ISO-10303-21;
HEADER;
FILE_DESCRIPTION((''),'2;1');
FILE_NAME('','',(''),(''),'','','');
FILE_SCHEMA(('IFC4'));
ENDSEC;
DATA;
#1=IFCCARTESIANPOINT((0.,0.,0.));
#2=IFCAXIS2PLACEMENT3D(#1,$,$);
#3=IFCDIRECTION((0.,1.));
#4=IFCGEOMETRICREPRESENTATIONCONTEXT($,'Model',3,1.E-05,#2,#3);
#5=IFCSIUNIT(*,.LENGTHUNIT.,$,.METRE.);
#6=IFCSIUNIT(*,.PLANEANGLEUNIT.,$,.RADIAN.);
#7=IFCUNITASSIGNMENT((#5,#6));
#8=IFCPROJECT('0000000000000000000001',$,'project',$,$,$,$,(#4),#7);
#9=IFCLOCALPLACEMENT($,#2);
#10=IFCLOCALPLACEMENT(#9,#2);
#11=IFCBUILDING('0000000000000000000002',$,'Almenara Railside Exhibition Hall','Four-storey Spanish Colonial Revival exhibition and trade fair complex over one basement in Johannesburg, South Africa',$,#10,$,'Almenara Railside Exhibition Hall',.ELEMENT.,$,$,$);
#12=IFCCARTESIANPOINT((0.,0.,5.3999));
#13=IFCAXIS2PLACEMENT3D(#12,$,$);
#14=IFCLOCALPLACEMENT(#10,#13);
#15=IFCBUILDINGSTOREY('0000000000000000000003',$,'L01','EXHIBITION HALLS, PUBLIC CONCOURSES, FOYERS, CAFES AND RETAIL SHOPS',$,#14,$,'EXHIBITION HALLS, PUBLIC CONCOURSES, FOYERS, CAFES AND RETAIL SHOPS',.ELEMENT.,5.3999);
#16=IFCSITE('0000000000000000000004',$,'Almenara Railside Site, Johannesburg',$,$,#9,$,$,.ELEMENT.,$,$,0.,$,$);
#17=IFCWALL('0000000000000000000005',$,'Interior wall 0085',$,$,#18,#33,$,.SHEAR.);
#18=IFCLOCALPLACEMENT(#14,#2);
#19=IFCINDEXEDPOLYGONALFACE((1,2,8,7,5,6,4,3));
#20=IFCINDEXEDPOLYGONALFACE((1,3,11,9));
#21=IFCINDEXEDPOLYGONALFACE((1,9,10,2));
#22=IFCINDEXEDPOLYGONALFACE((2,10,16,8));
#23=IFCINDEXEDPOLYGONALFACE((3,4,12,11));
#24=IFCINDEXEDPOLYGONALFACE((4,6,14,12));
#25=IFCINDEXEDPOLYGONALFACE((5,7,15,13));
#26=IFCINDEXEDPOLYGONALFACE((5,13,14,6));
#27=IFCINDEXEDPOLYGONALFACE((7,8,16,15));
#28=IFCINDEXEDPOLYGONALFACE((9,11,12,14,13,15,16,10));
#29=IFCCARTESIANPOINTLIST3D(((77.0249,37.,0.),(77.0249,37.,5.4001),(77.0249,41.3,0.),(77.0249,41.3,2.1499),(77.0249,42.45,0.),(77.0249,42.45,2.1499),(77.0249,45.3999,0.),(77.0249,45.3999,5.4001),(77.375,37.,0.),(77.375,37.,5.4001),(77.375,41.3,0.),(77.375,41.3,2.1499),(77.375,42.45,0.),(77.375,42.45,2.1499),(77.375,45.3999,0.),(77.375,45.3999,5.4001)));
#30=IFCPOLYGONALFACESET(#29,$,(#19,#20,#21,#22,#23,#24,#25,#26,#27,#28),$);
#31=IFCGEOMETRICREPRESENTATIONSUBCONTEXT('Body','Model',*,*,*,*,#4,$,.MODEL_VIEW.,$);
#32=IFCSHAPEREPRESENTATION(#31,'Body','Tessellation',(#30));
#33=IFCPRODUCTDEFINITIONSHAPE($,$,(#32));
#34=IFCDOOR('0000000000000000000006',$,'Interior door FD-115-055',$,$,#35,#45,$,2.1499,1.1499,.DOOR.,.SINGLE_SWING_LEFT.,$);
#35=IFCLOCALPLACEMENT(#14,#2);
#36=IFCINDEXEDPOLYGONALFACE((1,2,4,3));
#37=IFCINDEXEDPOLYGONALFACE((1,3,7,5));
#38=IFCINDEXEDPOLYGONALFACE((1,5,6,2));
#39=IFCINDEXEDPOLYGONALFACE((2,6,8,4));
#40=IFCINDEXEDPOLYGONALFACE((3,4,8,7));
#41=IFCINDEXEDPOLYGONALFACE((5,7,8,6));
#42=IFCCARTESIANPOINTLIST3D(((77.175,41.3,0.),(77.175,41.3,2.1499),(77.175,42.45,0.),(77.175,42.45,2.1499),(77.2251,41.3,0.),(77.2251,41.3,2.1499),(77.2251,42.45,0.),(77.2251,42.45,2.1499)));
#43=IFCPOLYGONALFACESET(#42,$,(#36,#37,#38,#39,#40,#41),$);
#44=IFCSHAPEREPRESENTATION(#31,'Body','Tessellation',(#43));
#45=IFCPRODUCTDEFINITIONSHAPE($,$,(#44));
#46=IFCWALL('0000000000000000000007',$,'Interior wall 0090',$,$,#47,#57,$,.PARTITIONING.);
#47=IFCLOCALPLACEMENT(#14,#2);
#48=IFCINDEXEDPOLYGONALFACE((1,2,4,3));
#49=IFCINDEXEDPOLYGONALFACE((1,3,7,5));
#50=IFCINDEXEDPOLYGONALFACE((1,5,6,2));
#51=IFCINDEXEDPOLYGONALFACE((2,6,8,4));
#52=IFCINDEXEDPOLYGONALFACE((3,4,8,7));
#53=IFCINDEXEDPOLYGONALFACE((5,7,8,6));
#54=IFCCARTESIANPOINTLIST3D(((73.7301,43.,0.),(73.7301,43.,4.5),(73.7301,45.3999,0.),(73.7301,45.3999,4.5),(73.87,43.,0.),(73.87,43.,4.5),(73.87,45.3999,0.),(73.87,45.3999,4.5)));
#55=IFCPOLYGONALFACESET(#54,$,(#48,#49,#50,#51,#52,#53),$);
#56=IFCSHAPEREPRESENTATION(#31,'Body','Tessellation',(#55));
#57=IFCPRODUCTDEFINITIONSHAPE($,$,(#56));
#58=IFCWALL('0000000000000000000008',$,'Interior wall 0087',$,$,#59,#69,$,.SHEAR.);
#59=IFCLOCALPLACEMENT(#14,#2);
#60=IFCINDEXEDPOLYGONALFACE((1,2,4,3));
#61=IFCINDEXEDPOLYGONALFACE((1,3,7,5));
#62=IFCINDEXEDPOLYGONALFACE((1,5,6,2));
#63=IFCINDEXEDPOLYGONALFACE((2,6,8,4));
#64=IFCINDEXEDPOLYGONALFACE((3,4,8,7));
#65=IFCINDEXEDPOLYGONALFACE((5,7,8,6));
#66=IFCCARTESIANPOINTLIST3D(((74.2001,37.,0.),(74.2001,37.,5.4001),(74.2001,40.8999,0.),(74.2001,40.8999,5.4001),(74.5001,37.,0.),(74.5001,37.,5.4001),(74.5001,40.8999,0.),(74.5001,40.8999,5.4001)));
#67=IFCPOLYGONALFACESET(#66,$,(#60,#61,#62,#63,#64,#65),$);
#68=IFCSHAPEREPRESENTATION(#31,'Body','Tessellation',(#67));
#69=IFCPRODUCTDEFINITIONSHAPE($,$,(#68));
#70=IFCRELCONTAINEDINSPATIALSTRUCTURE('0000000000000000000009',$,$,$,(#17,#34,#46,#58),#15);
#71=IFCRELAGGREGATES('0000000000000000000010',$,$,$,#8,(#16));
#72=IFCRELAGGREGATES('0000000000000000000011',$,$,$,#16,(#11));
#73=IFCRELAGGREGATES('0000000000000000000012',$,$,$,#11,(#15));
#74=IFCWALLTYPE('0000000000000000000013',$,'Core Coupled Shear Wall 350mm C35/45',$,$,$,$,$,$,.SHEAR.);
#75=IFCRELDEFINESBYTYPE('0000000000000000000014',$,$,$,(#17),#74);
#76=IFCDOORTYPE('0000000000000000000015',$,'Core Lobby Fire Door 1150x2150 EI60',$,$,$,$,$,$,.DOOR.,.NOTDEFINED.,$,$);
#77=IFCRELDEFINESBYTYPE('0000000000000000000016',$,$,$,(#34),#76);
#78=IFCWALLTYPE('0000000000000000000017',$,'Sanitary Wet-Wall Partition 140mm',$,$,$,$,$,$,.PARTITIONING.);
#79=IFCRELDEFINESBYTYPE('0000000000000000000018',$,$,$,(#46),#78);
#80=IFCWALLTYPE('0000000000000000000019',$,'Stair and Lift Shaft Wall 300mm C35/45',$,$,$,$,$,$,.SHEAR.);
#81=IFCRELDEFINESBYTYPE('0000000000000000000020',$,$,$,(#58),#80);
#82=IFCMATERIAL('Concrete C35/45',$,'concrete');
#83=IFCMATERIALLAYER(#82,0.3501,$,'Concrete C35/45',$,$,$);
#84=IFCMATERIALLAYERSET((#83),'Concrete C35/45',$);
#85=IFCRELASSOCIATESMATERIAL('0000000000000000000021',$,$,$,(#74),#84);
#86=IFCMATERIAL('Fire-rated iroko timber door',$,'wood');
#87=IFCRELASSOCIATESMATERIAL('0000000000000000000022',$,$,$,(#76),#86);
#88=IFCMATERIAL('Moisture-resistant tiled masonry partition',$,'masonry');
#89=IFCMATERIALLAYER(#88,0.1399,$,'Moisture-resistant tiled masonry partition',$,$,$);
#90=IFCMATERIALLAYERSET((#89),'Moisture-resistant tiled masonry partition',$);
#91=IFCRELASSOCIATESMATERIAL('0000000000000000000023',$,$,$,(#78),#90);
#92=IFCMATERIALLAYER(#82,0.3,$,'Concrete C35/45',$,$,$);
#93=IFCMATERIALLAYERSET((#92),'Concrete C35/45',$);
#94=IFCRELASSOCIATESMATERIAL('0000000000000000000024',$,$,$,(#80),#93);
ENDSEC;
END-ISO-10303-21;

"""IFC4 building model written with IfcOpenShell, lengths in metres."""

from ifc_helpers import new_model, si_unit, direction, frame, frame_2d, origin, place, context, subcontext, project, spatial, rectangle, extrude, material, layer, layer_set, type_object, element, fill, save


model = new_model("IFC4")

# Units and contexts
model_context = context("Model", 3, precision=1e-05, world=origin(), true_north=direction((0.0, 1.0)))
body_context = subcontext(model_context, "Body", "Model", "MODEL_VIEW")
ifc_project = project(units=[si_unit("LENGTHUNIT", "METRE"), si_unit("PLANEANGLEUNIT", "RADIAN")], contexts=[model_context])

# Site, building, storey
site_placement = place(None, origin())
site = spatial("IfcSite", under=ifc_project, at=site_placement, Name="Almenara Railside Site, Johannesburg", CompositionType="ELEMENT", RefElevation=0.0)
building_placement = place(site_placement, origin())
building = spatial("IfcBuilding", under=site, at=building_placement, Name="Almenara Railside Exhibition Hall", Description="Four-storey Spanish Colonial Revival exhibition and trade fair complex over one basement in Johannesburg, South Africa", LongName="Almenara Railside Exhibition Hall", CompositionType="ELEMENT")
storey_placement = place(building_placement, frame((0.0, 0.0, 5.3999)))
storey = spatial("IfcBuildingStorey", under=building, at=storey_placement, Name="L01", Description="EXHIBITION HALLS, PUBLIC CONCOURSES, FOYERS, CAFES AND RETAIL SHOPS", LongName="EXHIBITION HALLS, PUBLIC CONCOURSES, FOYERS, CAFES AND RETAIL SHOPS", CompositionType="ELEMENT", Elevation=5.3999)

# Shared definitions
ifc_material_1 = material(Name="Concrete C35/45", Category="concrete")
ifc_layer_1 = layer(ifc_material_1, 0.3501, Name="Concrete C35/45")
ifc_layer_set_1 = layer_set([ifc_layer_1], Name="Concrete C35/45")
wall_type_1 = type_object("IfcWallType", Name="Core Coupled Shear Wall 350mm C35/45", PredefinedType="SHEAR", material=ifc_layer_set_1)

# Wall, opening, door
wall_1_placement = place(storey_placement, frame((77.2, 37.0, 0.0), z_axis=(0.0, 0.0, 1.0), x_axis=(0.0, 1.0, 0.0)))
wall_1 = element("IfcWall", 1, at=wall_1_placement, inside=storey, type_object=wall_type_1, Name="Interior wall 0085", PredefinedType="SHEAR", context=body_context, shape_type="SweptSolid", body=[
    extrude(rectangle(XDim=8.3999, YDim=0.3501, at=frame_2d((4.2, 0.0))), origin(), (0.0, 0.0, 1.0), 5.4001),
])
opening_placement = place(wall_1_placement, frame((4.3, 0.0, 0.0)))
opening = element("IfcOpeningElement", 2, at=opening_placement, cuts=wall_1, PredefinedType="OPENING", context=body_context, shape_type="SweptSolid", body=[
    extrude(rectangle(XDim=1.1499, YDim=2.1499, at=frame_2d((0.575, 1.075))), frame((0.0, 0.1851, 0.0), z_axis=(0.0, -1.0, 0.0), x_axis=(1.0, 0.0, 0.0)), (0.0, 0.0, 1.0), 0.3701),
])
ifc_material_2 = material(Name="Fire-rated iroko timber door", Category="wood")
door_type = type_object("IfcDoorType", Name="Core Lobby Fire Door 1150x2150 EI60", OperationType="NOTDEFINED", PredefinedType="DOOR", material=ifc_material_2)
door_placement = place(opening_placement, origin())
door = element("IfcDoor", 3, at=door_placement, inside=storey, type_object=door_type, Name="Interior door FD-115-055", OperationType="SINGLE_SWING_LEFT", OverallHeight=2.1499, OverallWidth=1.1499, PredefinedType="DOOR", context=body_context, shape_type="SweptSolid", body=[
    extrude(rectangle(XDim=1.1499, YDim=2.1499, at=frame_2d((0.575, 1.075))), frame((0.0, 0.0249, 0.0), z_axis=(0.0, -1.0, 0.0), x_axis=(1.0, 0.0, 0.0)), (0.0, 0.0, 1.0), 0.05),
])
fill(opening, door)

# Walls
ifc_material_3 = material(Name="Moisture-resistant tiled masonry partition", Category="masonry")
ifc_layer_2 = layer(ifc_material_3, 0.1399, Name="Moisture-resistant tiled masonry partition")
ifc_layer_set_2 = layer_set([ifc_layer_2], Name="Moisture-resistant tiled masonry partition")
wall_type_2 = type_object("IfcWallType", Name="Sanitary Wet-Wall Partition 140mm", PredefinedType="PARTITIONING", material=ifc_layer_set_2)
wall_2_placement = place(storey_placement, frame((73.8, 43.0, 0.0), z_axis=(0.0, 0.0, 1.0), x_axis=(0.0, 1.0, 0.0)))
element("IfcWall", 4, at=wall_2_placement, inside=storey, type_object=wall_type_2, Name="Interior wall 0090", PredefinedType="PARTITIONING", context=body_context, shape_type="SweptSolid", body=[
    extrude(rectangle(XDim=2.3999, YDim=0.1399, at=frame_2d((1.2, 0.0))), origin(), (0.0, 0.0, 1.0), 4.5),
])
ifc_layer_3 = layer(ifc_material_1, 0.3, Name="Concrete C35/45")
ifc_layer_set_3 = layer_set([ifc_layer_3], Name="Concrete C35/45")
wall_type_3 = type_object("IfcWallType", Name="Stair and Lift Shaft Wall 300mm C35/45", PredefinedType="SHEAR", material=ifc_layer_set_3)
wall_3_placement = place(storey_placement, frame((74.3501, 37.0, 0.0), z_axis=(0.0, 0.0, 1.0), x_axis=(0.0, 1.0, 0.0)))
element("IfcWall", 5, at=wall_3_placement, inside=storey, type_object=wall_type_3, Name="Interior wall 0087", PredefinedType="SHEAR", context=body_context, shape_type="SweptSolid", body=[
    extrude(rectangle(XDim=3.8999, YDim=0.3, at=frame_2d((1.95, 0.0))), origin(), (0.0, 0.0, 1.0), 5.4001),
])

save(model, "model.ifc")
